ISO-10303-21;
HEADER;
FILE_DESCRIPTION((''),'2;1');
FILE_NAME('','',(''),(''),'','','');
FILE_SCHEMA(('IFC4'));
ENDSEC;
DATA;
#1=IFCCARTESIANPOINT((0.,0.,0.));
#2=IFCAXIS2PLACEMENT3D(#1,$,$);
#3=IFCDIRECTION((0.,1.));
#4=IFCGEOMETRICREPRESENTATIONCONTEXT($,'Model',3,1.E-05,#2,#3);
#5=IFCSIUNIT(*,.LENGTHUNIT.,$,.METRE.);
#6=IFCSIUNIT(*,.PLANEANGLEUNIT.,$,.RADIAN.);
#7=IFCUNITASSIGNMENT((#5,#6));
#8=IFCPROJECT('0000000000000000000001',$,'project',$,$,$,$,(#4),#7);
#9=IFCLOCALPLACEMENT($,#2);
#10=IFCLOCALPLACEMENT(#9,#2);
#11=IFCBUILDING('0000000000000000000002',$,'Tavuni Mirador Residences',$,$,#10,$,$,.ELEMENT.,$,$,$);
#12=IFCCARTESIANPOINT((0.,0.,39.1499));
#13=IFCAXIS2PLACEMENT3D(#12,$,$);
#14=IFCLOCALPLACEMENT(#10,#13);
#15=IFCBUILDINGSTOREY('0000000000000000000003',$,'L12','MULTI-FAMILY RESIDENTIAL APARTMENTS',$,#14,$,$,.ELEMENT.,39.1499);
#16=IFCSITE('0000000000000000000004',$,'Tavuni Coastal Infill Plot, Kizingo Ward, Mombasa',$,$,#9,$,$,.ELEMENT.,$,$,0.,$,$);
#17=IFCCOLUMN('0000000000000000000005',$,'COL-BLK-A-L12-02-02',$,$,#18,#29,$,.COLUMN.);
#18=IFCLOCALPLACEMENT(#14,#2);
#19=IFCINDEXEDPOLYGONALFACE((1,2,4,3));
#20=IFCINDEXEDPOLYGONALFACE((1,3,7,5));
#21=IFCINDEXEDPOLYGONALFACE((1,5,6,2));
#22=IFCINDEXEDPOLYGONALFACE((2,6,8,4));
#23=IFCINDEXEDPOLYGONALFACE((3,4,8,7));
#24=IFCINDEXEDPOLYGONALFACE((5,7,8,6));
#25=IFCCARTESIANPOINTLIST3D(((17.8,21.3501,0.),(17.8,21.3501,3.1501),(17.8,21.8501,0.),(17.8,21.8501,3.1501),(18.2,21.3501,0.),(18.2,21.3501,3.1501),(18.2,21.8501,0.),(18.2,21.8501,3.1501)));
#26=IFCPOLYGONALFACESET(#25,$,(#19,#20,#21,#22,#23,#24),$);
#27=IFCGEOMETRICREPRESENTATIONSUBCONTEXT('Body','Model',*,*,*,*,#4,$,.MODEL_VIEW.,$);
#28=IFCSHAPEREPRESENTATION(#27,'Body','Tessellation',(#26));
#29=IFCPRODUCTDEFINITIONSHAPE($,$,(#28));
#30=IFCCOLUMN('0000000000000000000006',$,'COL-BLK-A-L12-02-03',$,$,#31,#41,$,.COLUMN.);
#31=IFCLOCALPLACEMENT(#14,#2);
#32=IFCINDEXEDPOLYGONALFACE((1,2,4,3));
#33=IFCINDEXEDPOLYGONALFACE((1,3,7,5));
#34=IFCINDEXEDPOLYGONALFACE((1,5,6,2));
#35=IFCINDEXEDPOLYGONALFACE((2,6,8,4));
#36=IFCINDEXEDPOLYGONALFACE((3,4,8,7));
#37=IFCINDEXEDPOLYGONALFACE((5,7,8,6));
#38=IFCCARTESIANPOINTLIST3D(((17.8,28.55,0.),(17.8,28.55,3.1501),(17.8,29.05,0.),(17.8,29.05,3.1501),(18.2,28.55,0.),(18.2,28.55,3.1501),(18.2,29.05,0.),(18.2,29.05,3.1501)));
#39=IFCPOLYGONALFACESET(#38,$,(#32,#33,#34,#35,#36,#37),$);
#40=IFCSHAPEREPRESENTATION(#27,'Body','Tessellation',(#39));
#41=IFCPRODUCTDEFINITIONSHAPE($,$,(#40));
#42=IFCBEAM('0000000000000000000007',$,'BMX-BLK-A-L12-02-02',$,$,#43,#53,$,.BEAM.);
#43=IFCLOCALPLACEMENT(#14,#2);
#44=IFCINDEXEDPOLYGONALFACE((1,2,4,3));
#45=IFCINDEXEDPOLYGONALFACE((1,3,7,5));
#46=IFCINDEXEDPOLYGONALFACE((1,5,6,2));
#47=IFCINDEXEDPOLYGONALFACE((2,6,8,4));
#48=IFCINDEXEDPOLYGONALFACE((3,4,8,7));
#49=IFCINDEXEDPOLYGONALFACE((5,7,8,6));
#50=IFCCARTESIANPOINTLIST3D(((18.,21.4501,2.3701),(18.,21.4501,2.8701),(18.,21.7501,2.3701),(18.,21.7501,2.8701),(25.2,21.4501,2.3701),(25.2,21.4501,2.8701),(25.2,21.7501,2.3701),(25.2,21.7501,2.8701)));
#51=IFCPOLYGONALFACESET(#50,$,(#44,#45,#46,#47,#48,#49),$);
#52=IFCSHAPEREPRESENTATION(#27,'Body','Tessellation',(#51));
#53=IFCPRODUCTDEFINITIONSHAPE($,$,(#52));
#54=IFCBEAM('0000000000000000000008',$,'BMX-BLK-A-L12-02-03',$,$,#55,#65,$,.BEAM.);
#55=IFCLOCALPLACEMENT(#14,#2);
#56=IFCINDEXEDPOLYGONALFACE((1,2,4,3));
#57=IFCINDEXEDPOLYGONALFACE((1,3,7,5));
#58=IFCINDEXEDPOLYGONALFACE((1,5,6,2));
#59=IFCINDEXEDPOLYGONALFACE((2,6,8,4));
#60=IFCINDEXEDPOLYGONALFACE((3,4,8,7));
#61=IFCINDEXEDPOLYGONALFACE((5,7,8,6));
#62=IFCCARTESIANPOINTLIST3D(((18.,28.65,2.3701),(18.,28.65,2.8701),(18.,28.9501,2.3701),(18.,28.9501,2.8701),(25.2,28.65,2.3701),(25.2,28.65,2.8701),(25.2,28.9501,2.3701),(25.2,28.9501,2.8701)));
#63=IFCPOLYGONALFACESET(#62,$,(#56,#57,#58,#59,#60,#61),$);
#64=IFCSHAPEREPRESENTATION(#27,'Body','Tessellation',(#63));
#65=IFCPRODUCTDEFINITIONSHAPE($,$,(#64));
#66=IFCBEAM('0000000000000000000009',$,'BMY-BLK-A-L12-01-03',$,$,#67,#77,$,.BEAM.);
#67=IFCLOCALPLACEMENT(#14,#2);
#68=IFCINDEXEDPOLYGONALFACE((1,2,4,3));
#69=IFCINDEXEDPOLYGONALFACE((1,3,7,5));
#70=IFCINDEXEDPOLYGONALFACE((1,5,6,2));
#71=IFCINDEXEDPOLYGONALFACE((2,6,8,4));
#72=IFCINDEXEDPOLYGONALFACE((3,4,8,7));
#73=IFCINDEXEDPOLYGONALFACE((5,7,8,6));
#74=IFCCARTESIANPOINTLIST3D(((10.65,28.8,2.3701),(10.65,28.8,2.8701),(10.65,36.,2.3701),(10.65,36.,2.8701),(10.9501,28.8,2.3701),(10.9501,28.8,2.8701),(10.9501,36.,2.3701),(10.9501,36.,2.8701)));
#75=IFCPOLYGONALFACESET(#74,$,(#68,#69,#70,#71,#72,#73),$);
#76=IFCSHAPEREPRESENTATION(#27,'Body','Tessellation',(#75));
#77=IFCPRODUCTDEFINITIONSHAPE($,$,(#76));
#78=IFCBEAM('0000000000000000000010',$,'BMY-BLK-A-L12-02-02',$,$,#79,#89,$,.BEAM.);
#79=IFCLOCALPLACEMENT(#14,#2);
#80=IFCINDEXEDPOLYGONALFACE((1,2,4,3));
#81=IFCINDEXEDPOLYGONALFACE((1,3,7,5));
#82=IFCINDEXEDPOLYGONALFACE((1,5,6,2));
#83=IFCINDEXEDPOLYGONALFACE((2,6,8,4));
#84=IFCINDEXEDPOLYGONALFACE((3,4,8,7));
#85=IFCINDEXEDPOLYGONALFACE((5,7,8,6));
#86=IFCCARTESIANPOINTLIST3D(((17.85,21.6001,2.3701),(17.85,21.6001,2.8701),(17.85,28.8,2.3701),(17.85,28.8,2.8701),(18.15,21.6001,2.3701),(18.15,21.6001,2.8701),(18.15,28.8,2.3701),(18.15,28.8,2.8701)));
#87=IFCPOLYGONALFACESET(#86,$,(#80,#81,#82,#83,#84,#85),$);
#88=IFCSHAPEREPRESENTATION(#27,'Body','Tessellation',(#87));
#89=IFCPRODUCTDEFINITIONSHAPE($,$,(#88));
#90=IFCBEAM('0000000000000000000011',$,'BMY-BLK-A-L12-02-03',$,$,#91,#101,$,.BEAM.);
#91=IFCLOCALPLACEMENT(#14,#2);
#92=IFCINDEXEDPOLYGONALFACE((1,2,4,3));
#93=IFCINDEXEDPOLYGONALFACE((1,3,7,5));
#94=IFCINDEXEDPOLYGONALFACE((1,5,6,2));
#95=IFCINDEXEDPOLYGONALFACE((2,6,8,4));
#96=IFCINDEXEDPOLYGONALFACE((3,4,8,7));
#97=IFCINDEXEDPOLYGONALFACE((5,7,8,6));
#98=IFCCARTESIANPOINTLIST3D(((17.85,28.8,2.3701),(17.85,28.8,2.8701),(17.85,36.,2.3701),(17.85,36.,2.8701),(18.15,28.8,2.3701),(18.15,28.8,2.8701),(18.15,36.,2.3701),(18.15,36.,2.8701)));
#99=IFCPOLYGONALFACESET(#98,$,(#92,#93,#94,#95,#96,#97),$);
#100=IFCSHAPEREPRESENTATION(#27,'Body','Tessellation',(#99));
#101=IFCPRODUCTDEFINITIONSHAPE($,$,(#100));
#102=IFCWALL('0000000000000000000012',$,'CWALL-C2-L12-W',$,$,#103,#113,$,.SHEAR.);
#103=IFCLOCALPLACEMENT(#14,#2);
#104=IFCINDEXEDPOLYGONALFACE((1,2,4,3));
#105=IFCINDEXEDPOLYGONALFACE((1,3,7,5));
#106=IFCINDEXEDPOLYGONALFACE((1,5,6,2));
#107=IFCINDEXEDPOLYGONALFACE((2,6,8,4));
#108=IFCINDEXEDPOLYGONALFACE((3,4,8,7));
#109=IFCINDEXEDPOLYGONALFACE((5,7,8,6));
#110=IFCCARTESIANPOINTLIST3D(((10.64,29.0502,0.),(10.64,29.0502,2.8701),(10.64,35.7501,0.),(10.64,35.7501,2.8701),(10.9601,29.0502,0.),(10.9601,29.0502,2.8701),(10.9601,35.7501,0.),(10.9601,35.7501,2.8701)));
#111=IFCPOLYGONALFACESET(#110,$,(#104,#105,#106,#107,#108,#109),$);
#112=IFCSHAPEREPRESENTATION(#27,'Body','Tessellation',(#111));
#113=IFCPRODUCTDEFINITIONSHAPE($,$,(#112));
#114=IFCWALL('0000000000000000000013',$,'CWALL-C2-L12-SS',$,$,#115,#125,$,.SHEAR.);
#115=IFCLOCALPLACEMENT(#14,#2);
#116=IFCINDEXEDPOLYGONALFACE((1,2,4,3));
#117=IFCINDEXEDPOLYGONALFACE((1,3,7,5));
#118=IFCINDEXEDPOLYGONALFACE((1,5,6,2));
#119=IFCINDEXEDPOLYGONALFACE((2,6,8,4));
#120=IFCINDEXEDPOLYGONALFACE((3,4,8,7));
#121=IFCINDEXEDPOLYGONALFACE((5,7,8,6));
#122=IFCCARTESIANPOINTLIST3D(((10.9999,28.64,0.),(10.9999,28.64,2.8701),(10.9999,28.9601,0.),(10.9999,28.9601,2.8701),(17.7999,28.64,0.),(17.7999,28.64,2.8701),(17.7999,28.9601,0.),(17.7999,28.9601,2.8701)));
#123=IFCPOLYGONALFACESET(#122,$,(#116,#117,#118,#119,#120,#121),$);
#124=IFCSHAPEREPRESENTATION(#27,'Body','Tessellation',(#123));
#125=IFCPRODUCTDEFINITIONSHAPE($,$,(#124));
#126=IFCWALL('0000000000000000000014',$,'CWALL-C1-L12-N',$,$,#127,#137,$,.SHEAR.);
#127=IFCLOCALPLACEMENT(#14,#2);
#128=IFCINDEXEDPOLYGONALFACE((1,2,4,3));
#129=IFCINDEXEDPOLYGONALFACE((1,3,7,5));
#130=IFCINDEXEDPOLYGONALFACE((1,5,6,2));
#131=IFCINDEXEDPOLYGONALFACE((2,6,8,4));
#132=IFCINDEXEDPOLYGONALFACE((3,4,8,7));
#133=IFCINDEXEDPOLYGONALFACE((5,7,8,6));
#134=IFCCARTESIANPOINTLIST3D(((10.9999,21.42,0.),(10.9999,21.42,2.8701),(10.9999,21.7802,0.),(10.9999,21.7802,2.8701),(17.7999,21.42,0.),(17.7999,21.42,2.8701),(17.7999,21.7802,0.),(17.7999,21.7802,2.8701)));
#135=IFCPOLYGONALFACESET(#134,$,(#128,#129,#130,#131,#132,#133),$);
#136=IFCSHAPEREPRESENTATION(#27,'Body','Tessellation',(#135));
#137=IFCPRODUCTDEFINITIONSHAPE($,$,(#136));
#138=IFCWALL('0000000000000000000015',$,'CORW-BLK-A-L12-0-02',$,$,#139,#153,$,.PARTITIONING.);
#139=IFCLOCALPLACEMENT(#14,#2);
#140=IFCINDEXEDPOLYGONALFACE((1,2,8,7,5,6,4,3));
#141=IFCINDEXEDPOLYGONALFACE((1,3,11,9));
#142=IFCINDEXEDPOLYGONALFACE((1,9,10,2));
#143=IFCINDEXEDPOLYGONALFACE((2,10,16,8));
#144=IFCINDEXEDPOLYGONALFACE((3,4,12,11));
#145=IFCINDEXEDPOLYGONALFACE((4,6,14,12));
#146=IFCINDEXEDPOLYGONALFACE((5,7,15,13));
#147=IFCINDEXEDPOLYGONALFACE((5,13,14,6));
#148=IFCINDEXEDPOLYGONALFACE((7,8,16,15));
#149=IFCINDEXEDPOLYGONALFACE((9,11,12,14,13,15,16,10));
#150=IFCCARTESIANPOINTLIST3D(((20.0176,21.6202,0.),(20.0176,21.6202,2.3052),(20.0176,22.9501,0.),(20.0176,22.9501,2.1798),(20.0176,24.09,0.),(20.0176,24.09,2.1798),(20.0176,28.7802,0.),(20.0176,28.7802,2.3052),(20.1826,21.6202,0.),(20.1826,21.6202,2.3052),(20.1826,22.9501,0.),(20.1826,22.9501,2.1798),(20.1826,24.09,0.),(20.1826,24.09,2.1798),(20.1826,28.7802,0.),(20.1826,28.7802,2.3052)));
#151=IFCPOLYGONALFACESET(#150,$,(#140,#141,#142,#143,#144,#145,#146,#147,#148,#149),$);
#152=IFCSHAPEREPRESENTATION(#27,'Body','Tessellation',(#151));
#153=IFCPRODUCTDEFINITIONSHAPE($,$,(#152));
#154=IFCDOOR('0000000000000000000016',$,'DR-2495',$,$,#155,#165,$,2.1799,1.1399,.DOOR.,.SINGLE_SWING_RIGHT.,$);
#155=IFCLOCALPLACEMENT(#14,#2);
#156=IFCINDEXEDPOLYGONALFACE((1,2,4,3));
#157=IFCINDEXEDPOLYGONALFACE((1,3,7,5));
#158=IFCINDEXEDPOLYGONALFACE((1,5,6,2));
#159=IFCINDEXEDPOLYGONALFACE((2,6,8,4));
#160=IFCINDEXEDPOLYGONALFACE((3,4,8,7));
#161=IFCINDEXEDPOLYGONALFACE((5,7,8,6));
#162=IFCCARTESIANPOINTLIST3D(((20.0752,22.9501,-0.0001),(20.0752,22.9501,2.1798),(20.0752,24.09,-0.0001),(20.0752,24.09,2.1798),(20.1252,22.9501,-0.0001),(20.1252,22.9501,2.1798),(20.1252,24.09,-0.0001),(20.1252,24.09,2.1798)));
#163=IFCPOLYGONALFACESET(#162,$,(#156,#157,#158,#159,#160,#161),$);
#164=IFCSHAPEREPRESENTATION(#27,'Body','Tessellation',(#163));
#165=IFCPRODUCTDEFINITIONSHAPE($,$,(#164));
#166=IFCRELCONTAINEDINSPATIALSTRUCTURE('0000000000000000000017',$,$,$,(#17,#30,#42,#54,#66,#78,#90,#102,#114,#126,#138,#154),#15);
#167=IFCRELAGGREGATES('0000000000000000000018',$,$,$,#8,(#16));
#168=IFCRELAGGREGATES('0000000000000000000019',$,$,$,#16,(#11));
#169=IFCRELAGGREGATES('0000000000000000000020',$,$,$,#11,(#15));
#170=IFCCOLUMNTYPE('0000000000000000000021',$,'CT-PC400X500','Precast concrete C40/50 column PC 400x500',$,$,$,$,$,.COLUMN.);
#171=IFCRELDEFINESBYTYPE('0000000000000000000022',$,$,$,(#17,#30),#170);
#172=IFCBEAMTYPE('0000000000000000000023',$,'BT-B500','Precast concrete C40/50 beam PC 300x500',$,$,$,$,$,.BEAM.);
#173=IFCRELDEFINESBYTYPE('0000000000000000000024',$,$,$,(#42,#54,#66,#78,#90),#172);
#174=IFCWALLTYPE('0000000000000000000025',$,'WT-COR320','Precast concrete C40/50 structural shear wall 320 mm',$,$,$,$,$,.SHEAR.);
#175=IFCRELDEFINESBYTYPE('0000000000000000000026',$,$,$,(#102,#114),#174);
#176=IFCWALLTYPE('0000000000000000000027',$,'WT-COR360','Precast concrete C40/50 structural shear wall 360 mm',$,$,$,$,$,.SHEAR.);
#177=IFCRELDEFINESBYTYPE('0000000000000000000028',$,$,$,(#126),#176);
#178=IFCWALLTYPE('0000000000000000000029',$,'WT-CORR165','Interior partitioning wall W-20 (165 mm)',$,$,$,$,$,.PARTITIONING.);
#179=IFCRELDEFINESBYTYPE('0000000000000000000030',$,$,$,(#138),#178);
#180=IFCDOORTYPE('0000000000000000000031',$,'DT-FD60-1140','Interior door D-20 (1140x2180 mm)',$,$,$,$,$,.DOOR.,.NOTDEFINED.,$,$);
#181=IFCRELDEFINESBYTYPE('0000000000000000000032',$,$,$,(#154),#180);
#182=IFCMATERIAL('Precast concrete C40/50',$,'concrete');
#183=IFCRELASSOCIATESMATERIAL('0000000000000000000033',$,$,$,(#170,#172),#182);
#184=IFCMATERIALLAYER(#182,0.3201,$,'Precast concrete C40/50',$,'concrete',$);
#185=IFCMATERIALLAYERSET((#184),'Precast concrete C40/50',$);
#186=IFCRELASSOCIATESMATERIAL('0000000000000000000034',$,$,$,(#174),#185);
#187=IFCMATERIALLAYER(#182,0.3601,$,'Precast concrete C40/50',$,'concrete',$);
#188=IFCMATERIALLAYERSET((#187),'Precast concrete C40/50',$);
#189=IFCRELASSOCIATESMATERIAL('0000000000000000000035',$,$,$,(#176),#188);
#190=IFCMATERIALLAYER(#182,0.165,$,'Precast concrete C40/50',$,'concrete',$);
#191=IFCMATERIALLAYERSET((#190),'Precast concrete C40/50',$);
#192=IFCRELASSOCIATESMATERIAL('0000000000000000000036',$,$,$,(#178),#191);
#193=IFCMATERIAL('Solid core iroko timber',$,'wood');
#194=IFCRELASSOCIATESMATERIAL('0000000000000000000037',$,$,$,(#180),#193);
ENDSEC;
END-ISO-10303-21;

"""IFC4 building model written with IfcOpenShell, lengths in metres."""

from ifc_helpers import new_model, si_unit, direction, frame, frame_2d, origin, origin_2d, place, context, subcontext, project, spatial, rectangle, extrude, material, layer, layer_set, material_profile, profile_set, type_object, element, fill, save


model = new_model("IFC4")

# Units and contexts
model_context = context("Model", 3, precision=1e-05, world=origin(), true_north=direction((0.0, 1.0)))
body_context = subcontext(model_context, "Body", "Model", "MODEL_VIEW")
ifc_project = project(units=[si_unit("LENGTHUNIT", "METRE"), si_unit("PLANEANGLEUNIT", "RADIAN")], contexts=[model_context])

# Site, building, storey
site_placement = place(None, origin())
site = spatial("IfcSite", under=ifc_project, at=site_placement, Name="Tavuni Coastal Infill Plot, Kizingo Ward, Mombasa", CompositionType="ELEMENT", RefElevation=0.0)
building_placement = place(site_placement, origin())
building = spatial("IfcBuilding", under=site, at=building_placement, Name="Tavuni Mirador Residences", CompositionType="ELEMENT")
storey_placement = place(building_placement, frame((0.0, 0.0, 39.1499)))
storey = spatial("IfcBuildingStorey", under=building, at=storey_placement, Name="L12", Description="MULTI-FAMILY RESIDENTIAL APARTMENTS", CompositionType="ELEMENT", Elevation=39.1499)

# Columns
ifc_material_1 = material(Name="Precast concrete C40/50", Category="concrete")
ifc_material_profile_1 = material_profile(ifc_material_1, rectangle(XDim=0.3999, YDim=0.5, at=origin_2d()), Name="PC 400x500", Category="concrete")
ifc_profile_set_1 = profile_set([ifc_material_profile_1], Name="Precast concrete C40/50")
column_type = type_object("IfcColumnType", Name="CT-PC400X500", Description="Precast concrete C40/50 column PC 400x500", PredefinedType="COLUMN", material=ifc_profile_set_1)
for number, where, z_axis, x_axis, name in (
    (1, (18.0, 21.6001, 0.0), (0.0, 0.0, 1.0), (1.0, 0.0, 0.0), "COL-BLK-A-L12-02-02"),
    (2, (18.0, 28.8, 0.0), (0.0, 0.0, 1.0), (1.0, 0.0, 0.0), "COL-BLK-A-L12-02-03"),
):
    element("IfcColumn", number, at=place(storey_placement, frame(where, z_axis=z_axis, x_axis=x_axis)), inside=storey, type_object=column_type, Name=name, PredefinedType="COLUMN", context=body_context, shape_type="SweptSolid", body=[
        extrude(rectangle(XDim=0.3999, YDim=0.5, at=origin_2d()), origin(), (0.0, 0.0, 1.0), 3.1501),
    ])

# Beams
ifc_material_profile_2 = material_profile(ifc_material_1, rectangle(XDim=0.3, YDim=0.5, at=origin_2d()), Name="PC 300x500", Category="concrete")
ifc_profile_set_2 = profile_set([ifc_material_profile_2], Name="Precast concrete C40/50")
beam_type = type_object("IfcBeamType", Name="BT-B500", Description="Precast concrete C40/50 beam PC 300x500", PredefinedType="BEAM", material=ifc_profile_set_2)
for number, where, z_axis, x_axis, name in (
    (3, (18.0, 21.6001, 2.6201), (1.0, 0.0, 0.0), (0.0, 1.0, 0.0), "BMX-BLK-A-L12-02-02"),
    (4, (18.0, 28.8, 2.6201), (1.0, 0.0, 0.0), (0.0, 1.0, 0.0), "BMX-BLK-A-L12-02-03"),
    (5, (10.8, 28.8, 2.6201), (0.0, 1.0, 0.0), (-1.0, 0.0, 0.0), "BMY-BLK-A-L12-01-03"),
    (6, (18.0, 21.6001, 2.6201), (0.0, 1.0, 0.0), (-1.0, 0.0, 0.0), "BMY-BLK-A-L12-02-02"),
    (7, (18.0, 28.8, 2.6201), (0.0, 1.0, 0.0), (-1.0, 0.0, 0.0), "BMY-BLK-A-L12-02-03"),
):
    element("IfcBeam", number, at=place(storey_placement, frame(where, z_axis=z_axis, x_axis=x_axis)), inside=storey, type_object=beam_type, Name=name, PredefinedType="BEAM", context=body_context, shape_type="SweptSolid", body=[
        extrude(rectangle(XDim=0.3, YDim=0.5, at=origin_2d()), origin(), (0.0, 0.0, 1.0), 7.2),
    ])

# Shared definitions
ifc_material_2 = material(Name="Solid core iroko timber", Category="wood")

# Wall
ifc_layer_1 = layer(ifc_material_1, 0.3201, Name="Precast concrete C40/50", Category="concrete")
ifc_layer_set_1 = layer_set([ifc_layer_1], Name="Precast concrete C40/50")
wall_type_1 = type_object("IfcWallType", Name="WT-COR320", Description="Precast concrete C40/50 structural shear wall 320 mm", PredefinedType="SHEAR", material=ifc_layer_set_1)
wall_1_placement = place(storey_placement, frame((10.8, 29.05, 0.0), z_axis=(0.0, 0.0, 1.0), x_axis=(0.0, 1.0, 0.0)))
element("IfcWall", 8, at=wall_1_placement, inside=storey, type_object=wall_type_1, Name="CWALL-C2-L12-W", PredefinedType="SHEAR", context=body_context, shape_type="SweptSolid", body=[
    extrude(rectangle(XDim=6.7, YDim=0.3201, at=frame_2d((3.3501, 0.0))), origin(), (0.0, 0.0, 1.0), 2.8701),
])

# Walls
wall_2_placement = place(storey_placement, frame((11.0, 28.8, 0.0), z_axis=(0.0, 0.0, 1.0), x_axis=(1.0, 0.0, 0.0)))
element("IfcWall", 9, at=wall_2_placement, inside=storey, type_object=wall_type_1, Name="CWALL-C2-L12-SS", PredefinedType="SHEAR", context=body_context, shape_type="SweptSolid", body=[
    extrude(rectangle(XDim=6.8, YDim=0.3201, at=frame_2d((3.3999, 0.0))), origin(), (0.0, 0.0, 1.0), 2.8701),
])
ifc_layer_2 = layer(ifc_material_1, 0.3601, Name="Precast concrete C40/50", Category="concrete")
ifc_layer_set_2 = layer_set([ifc_layer_2], Name="Precast concrete C40/50")
wall_type_2 = type_object("IfcWallType", Name="WT-COR360", Description="Precast concrete C40/50 structural shear wall 360 mm", PredefinedType="SHEAR", material=ifc_layer_set_2)
wall_3_placement = place(storey_placement, frame((11.0, 21.6001, 0.0), z_axis=(0.0, 0.0, 1.0), x_axis=(1.0, 0.0, 0.0)))
element("IfcWall", 10, at=wall_3_placement, inside=storey, type_object=wall_type_2, Name="CWALL-C1-L12-N", PredefinedType="SHEAR", context=body_context, shape_type="SweptSolid", body=[
    extrude(rectangle(XDim=6.8, YDim=0.3601, at=frame_2d((3.3999, 0.0))), origin(), (0.0, 0.0, 1.0), 2.8701),
])

# Wall, opening, door
ifc_layer_3 = layer(ifc_material_1, 0.165, Name="Precast concrete C40/50", Category="concrete")
ifc_layer_set_3 = layer_set([ifc_layer_3], Name="Precast concrete C40/50")
wall_type_3 = type_object("IfcWallType", Name="WT-CORR165", Description="Interior partitioning wall W-20 (165 mm)", PredefinedType="PARTITIONING", material=ifc_layer_set_3)
wall_4_placement = place(storey_placement, frame((20.1001, 21.6201, 0.0), z_axis=(0.0, 0.0, 1.0), x_axis=(0.0, 1.0, 0.0)))
wall_4 = element("IfcWall", 11, at=wall_4_placement, inside=storey, type_object=wall_type_3, Name="CORW-BLK-A-L12-0-02", PredefinedType="PARTITIONING", context=body_context, shape_type="SweptSolid", body=[
    extrude(rectangle(XDim=7.1599, YDim=0.165, at=frame_2d((3.5801, 0.0))), origin(), (0.0, 0.0, 1.0), 2.3052),
])
opening_1_placement = place(wall_4_placement, frame((1.3301, 0.0, 0.0)))
opening_1 = element("IfcOpeningElement", 12, at=opening_1_placement, cuts=wall_4, PredefinedType="OPENING", context=body_context, shape_type="SweptSolid", body=[
    extrude(rectangle(XDim=1.1399, YDim=2.1799, at=frame_2d((0.5698, 1.0898))), frame((0.0, 0.0925, 0.0), z_axis=(0.0, -1.0, 0.0), x_axis=(1.0, 0.0, 0.0)), (0.0, 0.0, 1.0), 0.1851),
])
door_type_1 = type_object("IfcDoorType", Name="DT-FD60-1140", Description="Interior door D-20 (1140x2180 mm)", OperationType="NOTDEFINED", PredefinedType="DOOR", material=ifc_material_2)
door_1_placement = place(opening_1_placement, origin())
door_1 = element("IfcDoor", 13, at=door_1_placement, inside=storey, type_object=door_type_1, Name="DR-2495", OperationType="SINGLE_SWING_RIGHT", OverallHeight=2.1799, OverallWidth=1.1399, PredefinedType="DOOR", context=body_context, shape_type="SweptSolid", body=[
    extrude(rectangle(XDim=1.1399, YDim=2.1799, at=frame_2d((0.5698, 1.0898))), frame((0.0, 0.0249, 0.0), z_axis=(0.0, -1.0, 0.0), x_axis=(1.0, 0.0, 0.0)), (0.0, 0.0, 1.0), 0.05),
])
fill(opening_1, door_1)

save(model, "model.ifc")
